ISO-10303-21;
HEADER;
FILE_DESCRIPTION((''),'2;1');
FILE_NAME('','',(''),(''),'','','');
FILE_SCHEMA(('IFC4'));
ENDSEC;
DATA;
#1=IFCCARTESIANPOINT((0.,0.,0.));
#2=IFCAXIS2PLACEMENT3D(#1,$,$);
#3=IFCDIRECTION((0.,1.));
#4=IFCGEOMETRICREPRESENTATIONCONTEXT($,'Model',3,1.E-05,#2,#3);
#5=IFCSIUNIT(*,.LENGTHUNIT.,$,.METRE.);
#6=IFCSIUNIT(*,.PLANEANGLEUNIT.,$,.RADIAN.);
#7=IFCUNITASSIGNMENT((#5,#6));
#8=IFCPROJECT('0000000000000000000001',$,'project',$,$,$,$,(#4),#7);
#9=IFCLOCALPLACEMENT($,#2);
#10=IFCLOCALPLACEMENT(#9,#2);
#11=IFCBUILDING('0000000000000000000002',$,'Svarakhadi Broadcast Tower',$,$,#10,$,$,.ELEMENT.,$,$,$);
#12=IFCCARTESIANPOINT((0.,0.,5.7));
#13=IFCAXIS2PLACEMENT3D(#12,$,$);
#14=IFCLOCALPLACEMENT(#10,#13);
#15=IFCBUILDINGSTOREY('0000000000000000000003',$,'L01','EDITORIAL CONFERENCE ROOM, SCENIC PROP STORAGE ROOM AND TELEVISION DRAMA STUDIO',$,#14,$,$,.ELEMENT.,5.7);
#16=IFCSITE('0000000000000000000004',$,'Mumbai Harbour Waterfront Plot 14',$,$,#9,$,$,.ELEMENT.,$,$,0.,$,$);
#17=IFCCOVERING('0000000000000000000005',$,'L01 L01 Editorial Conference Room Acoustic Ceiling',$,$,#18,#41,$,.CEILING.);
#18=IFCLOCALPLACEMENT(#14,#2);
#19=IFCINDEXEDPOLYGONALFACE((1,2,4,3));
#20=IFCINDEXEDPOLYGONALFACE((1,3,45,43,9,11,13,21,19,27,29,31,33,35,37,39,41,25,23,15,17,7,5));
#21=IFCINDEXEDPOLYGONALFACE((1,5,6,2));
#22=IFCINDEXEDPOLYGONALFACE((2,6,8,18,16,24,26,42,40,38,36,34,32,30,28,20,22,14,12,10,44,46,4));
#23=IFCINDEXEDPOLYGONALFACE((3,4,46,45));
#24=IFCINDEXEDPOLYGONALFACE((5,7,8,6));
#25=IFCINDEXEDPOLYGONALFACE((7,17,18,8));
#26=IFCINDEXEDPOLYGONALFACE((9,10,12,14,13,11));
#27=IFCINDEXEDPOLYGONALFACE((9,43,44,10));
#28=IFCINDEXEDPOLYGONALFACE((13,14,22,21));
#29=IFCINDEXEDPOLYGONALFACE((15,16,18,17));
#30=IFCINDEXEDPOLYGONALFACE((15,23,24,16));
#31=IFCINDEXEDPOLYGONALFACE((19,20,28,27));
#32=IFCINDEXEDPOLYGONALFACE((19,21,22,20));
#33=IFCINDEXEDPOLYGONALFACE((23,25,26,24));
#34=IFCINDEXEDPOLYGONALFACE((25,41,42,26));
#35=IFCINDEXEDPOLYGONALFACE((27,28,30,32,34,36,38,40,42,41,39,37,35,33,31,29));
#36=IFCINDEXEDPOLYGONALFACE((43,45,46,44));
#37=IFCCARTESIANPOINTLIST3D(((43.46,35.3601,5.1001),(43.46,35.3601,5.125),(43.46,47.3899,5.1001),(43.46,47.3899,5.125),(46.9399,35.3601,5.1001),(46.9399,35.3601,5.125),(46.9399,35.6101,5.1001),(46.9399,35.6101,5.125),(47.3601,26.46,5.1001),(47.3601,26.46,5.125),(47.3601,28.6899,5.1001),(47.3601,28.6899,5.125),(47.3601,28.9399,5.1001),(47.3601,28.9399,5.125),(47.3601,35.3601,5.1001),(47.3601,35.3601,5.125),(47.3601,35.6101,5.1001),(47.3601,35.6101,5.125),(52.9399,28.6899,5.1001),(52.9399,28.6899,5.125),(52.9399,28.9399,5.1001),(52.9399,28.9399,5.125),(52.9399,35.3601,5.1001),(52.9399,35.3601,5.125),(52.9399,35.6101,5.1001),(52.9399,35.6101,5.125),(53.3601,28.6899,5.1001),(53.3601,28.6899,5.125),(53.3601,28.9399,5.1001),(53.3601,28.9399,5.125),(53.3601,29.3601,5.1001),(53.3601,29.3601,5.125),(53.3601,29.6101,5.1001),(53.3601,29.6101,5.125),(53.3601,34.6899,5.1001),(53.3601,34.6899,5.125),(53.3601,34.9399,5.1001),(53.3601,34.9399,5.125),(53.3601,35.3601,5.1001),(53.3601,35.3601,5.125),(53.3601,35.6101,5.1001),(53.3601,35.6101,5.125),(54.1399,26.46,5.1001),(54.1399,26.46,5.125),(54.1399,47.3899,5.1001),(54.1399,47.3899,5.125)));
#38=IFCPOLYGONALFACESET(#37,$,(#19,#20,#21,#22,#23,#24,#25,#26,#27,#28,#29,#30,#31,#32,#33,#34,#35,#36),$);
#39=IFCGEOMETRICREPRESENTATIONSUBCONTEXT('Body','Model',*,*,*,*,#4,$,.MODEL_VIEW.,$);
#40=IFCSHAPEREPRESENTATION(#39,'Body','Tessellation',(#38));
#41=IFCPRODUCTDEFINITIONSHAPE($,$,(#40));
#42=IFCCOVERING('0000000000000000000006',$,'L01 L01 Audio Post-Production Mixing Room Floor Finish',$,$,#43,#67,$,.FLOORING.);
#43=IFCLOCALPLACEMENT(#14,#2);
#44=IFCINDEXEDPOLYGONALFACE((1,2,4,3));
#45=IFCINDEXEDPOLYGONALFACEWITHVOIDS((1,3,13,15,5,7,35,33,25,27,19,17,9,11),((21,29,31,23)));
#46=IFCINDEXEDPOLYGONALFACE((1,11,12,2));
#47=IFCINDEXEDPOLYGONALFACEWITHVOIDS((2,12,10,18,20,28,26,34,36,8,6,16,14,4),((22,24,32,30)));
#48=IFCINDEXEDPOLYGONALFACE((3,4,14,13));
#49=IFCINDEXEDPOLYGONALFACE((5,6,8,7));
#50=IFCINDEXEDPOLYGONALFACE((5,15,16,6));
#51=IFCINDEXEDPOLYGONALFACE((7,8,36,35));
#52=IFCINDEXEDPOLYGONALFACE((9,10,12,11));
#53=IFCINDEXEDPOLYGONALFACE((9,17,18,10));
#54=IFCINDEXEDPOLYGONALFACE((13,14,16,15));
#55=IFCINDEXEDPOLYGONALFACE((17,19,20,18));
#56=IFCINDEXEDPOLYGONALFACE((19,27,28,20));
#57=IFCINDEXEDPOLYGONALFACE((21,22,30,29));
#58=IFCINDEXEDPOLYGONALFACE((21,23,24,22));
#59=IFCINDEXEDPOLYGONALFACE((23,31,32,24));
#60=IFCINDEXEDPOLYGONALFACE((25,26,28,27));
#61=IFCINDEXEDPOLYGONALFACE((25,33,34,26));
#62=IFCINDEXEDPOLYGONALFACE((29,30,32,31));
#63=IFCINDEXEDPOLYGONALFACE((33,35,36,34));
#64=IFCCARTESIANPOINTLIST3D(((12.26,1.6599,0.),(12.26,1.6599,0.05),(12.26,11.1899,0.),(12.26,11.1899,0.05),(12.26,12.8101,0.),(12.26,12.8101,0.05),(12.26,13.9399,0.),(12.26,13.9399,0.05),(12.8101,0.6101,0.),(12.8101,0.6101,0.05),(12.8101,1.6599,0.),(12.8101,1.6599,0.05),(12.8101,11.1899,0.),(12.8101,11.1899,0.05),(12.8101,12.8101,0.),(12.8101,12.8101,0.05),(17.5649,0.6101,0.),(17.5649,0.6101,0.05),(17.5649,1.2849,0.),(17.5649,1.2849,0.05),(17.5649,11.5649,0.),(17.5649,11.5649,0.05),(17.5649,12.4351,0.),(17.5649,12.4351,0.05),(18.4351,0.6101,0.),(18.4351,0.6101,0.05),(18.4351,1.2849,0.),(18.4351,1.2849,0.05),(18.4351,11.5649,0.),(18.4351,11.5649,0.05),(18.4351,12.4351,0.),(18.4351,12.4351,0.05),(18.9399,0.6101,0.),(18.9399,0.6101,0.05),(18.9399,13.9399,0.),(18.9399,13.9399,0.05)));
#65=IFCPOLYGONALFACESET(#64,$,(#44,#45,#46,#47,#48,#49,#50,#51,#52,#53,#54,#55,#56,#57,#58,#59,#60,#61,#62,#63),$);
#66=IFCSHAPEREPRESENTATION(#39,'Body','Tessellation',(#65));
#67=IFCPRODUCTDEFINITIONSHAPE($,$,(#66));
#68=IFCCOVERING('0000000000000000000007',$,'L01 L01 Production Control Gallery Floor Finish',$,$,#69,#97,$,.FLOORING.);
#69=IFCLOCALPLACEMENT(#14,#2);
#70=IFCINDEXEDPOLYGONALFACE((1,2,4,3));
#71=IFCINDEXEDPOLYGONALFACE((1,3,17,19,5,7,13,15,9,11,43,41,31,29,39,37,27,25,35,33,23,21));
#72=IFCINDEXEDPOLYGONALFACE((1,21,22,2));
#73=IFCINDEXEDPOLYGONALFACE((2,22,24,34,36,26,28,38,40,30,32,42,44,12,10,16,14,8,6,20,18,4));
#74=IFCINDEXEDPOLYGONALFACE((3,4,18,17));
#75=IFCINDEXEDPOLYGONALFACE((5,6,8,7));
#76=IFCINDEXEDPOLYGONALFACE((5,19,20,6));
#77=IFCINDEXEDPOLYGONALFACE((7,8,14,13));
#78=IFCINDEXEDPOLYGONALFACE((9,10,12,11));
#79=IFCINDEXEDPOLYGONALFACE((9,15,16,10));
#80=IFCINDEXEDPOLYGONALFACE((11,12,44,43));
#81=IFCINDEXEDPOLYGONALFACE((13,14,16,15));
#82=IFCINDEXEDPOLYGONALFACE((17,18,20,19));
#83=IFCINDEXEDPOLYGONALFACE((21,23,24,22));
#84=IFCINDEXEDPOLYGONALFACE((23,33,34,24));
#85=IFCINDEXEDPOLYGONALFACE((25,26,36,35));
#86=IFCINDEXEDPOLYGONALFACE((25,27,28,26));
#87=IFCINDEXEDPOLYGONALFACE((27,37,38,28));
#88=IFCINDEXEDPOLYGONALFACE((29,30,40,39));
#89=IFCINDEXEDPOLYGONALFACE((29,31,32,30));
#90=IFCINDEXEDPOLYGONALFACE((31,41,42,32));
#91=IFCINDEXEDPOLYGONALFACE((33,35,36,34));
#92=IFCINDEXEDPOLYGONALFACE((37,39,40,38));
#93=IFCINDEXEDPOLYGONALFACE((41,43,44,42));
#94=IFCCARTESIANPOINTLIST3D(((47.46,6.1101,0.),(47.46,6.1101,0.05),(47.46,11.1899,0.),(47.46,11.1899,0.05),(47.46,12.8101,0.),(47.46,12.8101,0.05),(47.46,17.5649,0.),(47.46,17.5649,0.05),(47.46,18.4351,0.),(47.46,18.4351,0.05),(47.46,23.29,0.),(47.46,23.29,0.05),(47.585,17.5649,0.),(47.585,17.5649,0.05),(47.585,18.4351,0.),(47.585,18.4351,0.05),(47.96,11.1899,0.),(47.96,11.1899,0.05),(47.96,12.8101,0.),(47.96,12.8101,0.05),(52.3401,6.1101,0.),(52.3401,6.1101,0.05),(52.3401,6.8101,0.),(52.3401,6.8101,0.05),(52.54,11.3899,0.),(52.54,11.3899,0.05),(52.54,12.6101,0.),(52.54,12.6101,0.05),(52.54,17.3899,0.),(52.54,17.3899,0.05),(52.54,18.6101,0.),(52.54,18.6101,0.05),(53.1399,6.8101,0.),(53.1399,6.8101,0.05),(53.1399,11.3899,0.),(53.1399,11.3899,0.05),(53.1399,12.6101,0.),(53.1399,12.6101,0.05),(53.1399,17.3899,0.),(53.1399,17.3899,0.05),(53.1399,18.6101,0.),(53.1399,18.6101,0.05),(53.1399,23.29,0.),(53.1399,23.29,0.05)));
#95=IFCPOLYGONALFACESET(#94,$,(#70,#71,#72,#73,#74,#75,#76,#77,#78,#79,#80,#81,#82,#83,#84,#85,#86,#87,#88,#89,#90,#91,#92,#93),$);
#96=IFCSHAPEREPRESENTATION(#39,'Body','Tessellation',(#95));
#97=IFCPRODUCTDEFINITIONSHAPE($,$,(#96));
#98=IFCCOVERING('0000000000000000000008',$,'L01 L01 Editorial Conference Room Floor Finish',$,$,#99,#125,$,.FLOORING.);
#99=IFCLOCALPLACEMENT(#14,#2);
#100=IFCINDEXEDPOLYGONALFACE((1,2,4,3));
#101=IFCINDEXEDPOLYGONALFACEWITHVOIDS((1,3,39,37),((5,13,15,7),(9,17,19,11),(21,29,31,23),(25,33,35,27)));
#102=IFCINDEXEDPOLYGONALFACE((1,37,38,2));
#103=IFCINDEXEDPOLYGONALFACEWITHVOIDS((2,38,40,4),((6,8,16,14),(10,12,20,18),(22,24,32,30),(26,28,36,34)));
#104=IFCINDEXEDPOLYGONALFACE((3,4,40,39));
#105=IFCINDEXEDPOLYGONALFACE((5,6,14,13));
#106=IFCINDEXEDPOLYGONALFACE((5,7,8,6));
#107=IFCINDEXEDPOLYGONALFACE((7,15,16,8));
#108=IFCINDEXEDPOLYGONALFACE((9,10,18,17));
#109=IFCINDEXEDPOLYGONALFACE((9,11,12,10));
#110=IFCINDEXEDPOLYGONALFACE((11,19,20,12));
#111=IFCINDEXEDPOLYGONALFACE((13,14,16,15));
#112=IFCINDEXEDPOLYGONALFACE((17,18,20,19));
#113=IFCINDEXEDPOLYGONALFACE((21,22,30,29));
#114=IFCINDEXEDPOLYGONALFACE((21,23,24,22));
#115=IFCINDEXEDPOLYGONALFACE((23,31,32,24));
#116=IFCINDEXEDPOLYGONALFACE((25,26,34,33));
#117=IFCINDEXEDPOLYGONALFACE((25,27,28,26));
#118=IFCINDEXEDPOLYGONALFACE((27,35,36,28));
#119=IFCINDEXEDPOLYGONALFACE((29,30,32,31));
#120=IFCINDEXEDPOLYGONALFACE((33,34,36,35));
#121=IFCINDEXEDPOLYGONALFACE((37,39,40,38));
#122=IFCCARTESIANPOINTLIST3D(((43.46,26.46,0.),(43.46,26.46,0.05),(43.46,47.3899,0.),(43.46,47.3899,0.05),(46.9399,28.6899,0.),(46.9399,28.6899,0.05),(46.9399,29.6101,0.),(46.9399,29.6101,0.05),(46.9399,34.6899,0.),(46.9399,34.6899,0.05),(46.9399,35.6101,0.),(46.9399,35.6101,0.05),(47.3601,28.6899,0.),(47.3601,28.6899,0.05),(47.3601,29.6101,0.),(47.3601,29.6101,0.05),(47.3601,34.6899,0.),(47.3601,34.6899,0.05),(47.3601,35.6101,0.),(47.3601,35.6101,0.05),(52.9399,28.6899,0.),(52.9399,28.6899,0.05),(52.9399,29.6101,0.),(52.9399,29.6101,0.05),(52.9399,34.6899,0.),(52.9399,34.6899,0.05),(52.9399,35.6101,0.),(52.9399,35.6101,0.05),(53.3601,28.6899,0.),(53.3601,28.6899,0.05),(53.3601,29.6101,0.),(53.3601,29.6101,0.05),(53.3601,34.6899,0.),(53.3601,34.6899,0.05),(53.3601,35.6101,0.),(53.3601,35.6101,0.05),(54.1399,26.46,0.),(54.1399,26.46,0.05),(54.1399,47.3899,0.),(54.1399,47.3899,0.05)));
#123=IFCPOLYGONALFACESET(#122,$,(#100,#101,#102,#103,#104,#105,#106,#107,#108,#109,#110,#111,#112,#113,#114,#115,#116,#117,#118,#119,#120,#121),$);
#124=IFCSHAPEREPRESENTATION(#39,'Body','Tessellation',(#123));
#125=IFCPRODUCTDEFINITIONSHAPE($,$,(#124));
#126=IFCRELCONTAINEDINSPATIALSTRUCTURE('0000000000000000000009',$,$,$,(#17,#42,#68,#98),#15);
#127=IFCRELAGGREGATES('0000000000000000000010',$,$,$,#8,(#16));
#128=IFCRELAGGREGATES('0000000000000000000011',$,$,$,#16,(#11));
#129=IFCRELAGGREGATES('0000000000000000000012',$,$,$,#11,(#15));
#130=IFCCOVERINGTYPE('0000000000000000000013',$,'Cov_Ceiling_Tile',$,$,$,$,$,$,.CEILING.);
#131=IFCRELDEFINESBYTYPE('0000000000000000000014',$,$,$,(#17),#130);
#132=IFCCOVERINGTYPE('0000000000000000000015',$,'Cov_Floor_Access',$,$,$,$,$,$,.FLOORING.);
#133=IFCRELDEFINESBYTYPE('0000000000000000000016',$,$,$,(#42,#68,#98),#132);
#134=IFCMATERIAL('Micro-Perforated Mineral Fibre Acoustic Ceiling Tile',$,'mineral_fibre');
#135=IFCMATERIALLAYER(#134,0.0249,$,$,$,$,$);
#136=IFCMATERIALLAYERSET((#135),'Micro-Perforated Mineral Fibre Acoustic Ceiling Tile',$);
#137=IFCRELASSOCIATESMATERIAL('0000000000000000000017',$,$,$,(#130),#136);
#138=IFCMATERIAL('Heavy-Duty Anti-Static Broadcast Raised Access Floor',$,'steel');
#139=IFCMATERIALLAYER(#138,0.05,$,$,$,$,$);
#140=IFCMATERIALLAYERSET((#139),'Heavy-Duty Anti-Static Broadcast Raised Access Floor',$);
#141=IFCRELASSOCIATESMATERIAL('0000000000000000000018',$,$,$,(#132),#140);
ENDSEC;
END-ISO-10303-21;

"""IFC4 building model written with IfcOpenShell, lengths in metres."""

from ifc_helpers import new_model, si_unit, direction, frame, origin, place, context, subcontext, project, spatial, polyline, outline, extrude, material, layer, layer_set, type_object, element, save


model = new_model("IFC4")

# Units and contexts
model_context = context("Model", 3, precision=1e-05, world=origin(), true_north=direction((0.0, 1.0)))
body_context = subcontext(model_context, "Body", "Model", "MODEL_VIEW")
ifc_project = project(units=[si_unit("LENGTHUNIT", "METRE"), si_unit("PLANEANGLEUNIT", "RADIAN")], contexts=[model_context])

# Site, building, storey
site_placement = place(None, origin())
site = spatial("IfcSite", under=ifc_project, at=site_placement, Name="Mumbai Harbour Waterfront Plot 14", CompositionType="ELEMENT", RefElevation=0.0)
building_placement = place(site_placement, origin())
building = spatial("IfcBuilding", under=site, at=building_placement, Name="Svarakhadi Broadcast Tower", CompositionType="ELEMENT")
storey_placement = place(building_placement, frame((0.0, 0.0, 5.7)))
storey = spatial("IfcBuildingStorey", under=building, at=storey_placement, Name="L01", Description="EDITORIAL CONFERENCE ROOM, SCENIC PROP STORAGE ROOM AND TELEVISION DRAMA STUDIO", CompositionType="ELEMENT", Elevation=5.7)

# Coverings
ifc_material_1 = material(Name="Micro-Perforated Mineral Fibre Acoustic Ceiling Tile", Category="mineral_fibre")
ifc_layer_1 = layer(ifc_material_1, 0.0249)
ifc_layer_set_1 = layer_set([ifc_layer_1], Name="Micro-Perforated Mineral Fibre Acoustic Ceiling Tile")
covering_type_1 = type_object("IfcCoveringType", Name="Cov_Ceiling_Tile", PredefinedType="CEILING", material=ifc_layer_set_1)
covering_1_placement = place(storey_placement, frame((0.0, 0.0, 5.1001)))
element("IfcCovering", 1, at=covering_1_placement, inside=storey, type_object=covering_type_1, Name="L01 L01 Editorial Conference Room Acoustic Ceiling", PredefinedType="CEILING", context=body_context, shape_type="SweptSolid", body=[
    extrude(outline(polyline([(54.1399, 47.3899), (54.1399, 26.46), (47.3601, 26.46), (47.3601, 28.6899), (47.3601, 28.9399), (52.9399, 28.9399), (52.9399, 28.6899), (53.3601, 28.6899), (53.3601, 28.9399), (53.3601, 29.3601), (53.3601, 29.6101), (53.3601, 34.6899), (53.3601, 34.9399), (53.3601, 35.3601), (53.3601, 35.6101), (52.9399, 35.6101), (52.9399, 35.3601), (47.3601, 35.3601), (47.3601, 35.6101), (46.9399, 35.6101), (46.9399, 35.3601), (43.46, 35.3601), (43.46, 47.3899), (54.1399, 47.3899)])), origin(), (0.0, 0.0, 1.0), 0.0249),
])
ifc_material_2 = material(Name="Heavy-Duty Anti-Static Broadcast Raised Access Floor", Category="steel")
ifc_layer_2 = layer(ifc_material_2, 0.05)
ifc_layer_set_2 = layer_set([ifc_layer_2], Name="Heavy-Duty Anti-Static Broadcast Raised Access Floor")
covering_type_2 = type_object("IfcCoveringType", Name="Cov_Floor_Access", PredefinedType="FLOORING", material=ifc_layer_set_2)
covering_2_placement = place(storey_placement, origin())
element("IfcCovering", 2, at=covering_2_placement, inside=storey, type_object=covering_type_2, Name="L01 L01 Audio Post-Production Mixing Room Floor Finish", PredefinedType="FLOORING", context=body_context, shape_type="SweptSolid", body=[
    extrude(outline(polyline([(18.9399, 13.9399), (18.9399, 0.6101), (18.4351, 0.6101), (18.4351, 1.2849), (17.5649, 1.2849), (17.5649, 0.6101), (12.8101, 0.6101), (12.8101, 1.6599), (12.26, 1.6599), (12.26, 11.1899), (12.8101, 11.1899), (12.8101, 12.8101), (12.26, 12.8101), (12.26, 13.9399), (18.9399, 13.9399)]), holes=[polyline([(17.5649, 11.5649), (18.4351, 11.5649), (18.4351, 12.4351), (17.5649, 12.4351), (17.5649, 11.5649)])]), origin(), (0.0, 0.0, 1.0), 0.05),
])
covering_3_placement = place(storey_placement, origin())
element("IfcCovering", 3, at=covering_3_placement, inside=storey, type_object=covering_type_2, Name="L01 L01 Production Control Gallery Floor Finish", PredefinedType="FLOORING", context=body_context, shape_type="SweptSolid", body=[
    extrude(outline(polyline([(53.1399, 23.29), (53.1399, 18.6101), (52.54, 18.6101), (52.54, 17.3899), (53.1399, 17.3899), (53.1399, 12.6101), (52.54, 12.6101), (52.54, 11.3899), (53.1399, 11.3899), (53.1399, 6.8101), (52.3401, 6.8101), (52.3401, 6.1101), (47.46, 6.1101), (47.46, 11.1899), (47.96, 11.1899), (47.96, 12.8101), (47.46, 12.8101), (47.46, 17.5649), (47.585, 17.5649), (47.585, 18.4351), (47.46, 18.4351), (47.46, 23.29), (53.1399, 23.29)])), origin(), (0.0, 0.0, 1.0), 0.05),
])
covering_4_placement = place(storey_placement, origin())
element("IfcCovering", 4, at=covering_4_placement, inside=storey, type_object=covering_type_2, Name="L01 L01 Editorial Conference Room Floor Finish", PredefinedType="FLOORING", context=body_context, shape_type="SweptSolid", body=[
    extrude(outline(polyline([(54.1399, 47.3899), (54.1399, 26.46), (43.46, 26.46), (43.46, 47.3899), (54.1399, 47.3899)]), holes=[polyline([(46.9399, 28.6899), (47.3601, 28.6899), (47.3601, 29.6101), (46.9399, 29.6101), (46.9399, 28.6899)]), polyline([(52.9399, 28.6899), (53.3601, 28.6899), (53.3601, 29.6101), (52.9399, 29.6101), (52.9399, 28.6899)]), polyline([(46.9399, 34.6899), (47.3601, 34.6899), (47.3601, 35.6101), (46.9399, 35.6101), (46.9399, 34.6899)]), polyline([(52.9399, 34.6899), (53.3601, 34.6899), (53.3601, 35.6101), (52.9399, 35.6101), (52.9399, 34.6899)])]), origin(), (0.0, 0.0, 1.0), 0.05),
])

save(model, "model.ifc")
